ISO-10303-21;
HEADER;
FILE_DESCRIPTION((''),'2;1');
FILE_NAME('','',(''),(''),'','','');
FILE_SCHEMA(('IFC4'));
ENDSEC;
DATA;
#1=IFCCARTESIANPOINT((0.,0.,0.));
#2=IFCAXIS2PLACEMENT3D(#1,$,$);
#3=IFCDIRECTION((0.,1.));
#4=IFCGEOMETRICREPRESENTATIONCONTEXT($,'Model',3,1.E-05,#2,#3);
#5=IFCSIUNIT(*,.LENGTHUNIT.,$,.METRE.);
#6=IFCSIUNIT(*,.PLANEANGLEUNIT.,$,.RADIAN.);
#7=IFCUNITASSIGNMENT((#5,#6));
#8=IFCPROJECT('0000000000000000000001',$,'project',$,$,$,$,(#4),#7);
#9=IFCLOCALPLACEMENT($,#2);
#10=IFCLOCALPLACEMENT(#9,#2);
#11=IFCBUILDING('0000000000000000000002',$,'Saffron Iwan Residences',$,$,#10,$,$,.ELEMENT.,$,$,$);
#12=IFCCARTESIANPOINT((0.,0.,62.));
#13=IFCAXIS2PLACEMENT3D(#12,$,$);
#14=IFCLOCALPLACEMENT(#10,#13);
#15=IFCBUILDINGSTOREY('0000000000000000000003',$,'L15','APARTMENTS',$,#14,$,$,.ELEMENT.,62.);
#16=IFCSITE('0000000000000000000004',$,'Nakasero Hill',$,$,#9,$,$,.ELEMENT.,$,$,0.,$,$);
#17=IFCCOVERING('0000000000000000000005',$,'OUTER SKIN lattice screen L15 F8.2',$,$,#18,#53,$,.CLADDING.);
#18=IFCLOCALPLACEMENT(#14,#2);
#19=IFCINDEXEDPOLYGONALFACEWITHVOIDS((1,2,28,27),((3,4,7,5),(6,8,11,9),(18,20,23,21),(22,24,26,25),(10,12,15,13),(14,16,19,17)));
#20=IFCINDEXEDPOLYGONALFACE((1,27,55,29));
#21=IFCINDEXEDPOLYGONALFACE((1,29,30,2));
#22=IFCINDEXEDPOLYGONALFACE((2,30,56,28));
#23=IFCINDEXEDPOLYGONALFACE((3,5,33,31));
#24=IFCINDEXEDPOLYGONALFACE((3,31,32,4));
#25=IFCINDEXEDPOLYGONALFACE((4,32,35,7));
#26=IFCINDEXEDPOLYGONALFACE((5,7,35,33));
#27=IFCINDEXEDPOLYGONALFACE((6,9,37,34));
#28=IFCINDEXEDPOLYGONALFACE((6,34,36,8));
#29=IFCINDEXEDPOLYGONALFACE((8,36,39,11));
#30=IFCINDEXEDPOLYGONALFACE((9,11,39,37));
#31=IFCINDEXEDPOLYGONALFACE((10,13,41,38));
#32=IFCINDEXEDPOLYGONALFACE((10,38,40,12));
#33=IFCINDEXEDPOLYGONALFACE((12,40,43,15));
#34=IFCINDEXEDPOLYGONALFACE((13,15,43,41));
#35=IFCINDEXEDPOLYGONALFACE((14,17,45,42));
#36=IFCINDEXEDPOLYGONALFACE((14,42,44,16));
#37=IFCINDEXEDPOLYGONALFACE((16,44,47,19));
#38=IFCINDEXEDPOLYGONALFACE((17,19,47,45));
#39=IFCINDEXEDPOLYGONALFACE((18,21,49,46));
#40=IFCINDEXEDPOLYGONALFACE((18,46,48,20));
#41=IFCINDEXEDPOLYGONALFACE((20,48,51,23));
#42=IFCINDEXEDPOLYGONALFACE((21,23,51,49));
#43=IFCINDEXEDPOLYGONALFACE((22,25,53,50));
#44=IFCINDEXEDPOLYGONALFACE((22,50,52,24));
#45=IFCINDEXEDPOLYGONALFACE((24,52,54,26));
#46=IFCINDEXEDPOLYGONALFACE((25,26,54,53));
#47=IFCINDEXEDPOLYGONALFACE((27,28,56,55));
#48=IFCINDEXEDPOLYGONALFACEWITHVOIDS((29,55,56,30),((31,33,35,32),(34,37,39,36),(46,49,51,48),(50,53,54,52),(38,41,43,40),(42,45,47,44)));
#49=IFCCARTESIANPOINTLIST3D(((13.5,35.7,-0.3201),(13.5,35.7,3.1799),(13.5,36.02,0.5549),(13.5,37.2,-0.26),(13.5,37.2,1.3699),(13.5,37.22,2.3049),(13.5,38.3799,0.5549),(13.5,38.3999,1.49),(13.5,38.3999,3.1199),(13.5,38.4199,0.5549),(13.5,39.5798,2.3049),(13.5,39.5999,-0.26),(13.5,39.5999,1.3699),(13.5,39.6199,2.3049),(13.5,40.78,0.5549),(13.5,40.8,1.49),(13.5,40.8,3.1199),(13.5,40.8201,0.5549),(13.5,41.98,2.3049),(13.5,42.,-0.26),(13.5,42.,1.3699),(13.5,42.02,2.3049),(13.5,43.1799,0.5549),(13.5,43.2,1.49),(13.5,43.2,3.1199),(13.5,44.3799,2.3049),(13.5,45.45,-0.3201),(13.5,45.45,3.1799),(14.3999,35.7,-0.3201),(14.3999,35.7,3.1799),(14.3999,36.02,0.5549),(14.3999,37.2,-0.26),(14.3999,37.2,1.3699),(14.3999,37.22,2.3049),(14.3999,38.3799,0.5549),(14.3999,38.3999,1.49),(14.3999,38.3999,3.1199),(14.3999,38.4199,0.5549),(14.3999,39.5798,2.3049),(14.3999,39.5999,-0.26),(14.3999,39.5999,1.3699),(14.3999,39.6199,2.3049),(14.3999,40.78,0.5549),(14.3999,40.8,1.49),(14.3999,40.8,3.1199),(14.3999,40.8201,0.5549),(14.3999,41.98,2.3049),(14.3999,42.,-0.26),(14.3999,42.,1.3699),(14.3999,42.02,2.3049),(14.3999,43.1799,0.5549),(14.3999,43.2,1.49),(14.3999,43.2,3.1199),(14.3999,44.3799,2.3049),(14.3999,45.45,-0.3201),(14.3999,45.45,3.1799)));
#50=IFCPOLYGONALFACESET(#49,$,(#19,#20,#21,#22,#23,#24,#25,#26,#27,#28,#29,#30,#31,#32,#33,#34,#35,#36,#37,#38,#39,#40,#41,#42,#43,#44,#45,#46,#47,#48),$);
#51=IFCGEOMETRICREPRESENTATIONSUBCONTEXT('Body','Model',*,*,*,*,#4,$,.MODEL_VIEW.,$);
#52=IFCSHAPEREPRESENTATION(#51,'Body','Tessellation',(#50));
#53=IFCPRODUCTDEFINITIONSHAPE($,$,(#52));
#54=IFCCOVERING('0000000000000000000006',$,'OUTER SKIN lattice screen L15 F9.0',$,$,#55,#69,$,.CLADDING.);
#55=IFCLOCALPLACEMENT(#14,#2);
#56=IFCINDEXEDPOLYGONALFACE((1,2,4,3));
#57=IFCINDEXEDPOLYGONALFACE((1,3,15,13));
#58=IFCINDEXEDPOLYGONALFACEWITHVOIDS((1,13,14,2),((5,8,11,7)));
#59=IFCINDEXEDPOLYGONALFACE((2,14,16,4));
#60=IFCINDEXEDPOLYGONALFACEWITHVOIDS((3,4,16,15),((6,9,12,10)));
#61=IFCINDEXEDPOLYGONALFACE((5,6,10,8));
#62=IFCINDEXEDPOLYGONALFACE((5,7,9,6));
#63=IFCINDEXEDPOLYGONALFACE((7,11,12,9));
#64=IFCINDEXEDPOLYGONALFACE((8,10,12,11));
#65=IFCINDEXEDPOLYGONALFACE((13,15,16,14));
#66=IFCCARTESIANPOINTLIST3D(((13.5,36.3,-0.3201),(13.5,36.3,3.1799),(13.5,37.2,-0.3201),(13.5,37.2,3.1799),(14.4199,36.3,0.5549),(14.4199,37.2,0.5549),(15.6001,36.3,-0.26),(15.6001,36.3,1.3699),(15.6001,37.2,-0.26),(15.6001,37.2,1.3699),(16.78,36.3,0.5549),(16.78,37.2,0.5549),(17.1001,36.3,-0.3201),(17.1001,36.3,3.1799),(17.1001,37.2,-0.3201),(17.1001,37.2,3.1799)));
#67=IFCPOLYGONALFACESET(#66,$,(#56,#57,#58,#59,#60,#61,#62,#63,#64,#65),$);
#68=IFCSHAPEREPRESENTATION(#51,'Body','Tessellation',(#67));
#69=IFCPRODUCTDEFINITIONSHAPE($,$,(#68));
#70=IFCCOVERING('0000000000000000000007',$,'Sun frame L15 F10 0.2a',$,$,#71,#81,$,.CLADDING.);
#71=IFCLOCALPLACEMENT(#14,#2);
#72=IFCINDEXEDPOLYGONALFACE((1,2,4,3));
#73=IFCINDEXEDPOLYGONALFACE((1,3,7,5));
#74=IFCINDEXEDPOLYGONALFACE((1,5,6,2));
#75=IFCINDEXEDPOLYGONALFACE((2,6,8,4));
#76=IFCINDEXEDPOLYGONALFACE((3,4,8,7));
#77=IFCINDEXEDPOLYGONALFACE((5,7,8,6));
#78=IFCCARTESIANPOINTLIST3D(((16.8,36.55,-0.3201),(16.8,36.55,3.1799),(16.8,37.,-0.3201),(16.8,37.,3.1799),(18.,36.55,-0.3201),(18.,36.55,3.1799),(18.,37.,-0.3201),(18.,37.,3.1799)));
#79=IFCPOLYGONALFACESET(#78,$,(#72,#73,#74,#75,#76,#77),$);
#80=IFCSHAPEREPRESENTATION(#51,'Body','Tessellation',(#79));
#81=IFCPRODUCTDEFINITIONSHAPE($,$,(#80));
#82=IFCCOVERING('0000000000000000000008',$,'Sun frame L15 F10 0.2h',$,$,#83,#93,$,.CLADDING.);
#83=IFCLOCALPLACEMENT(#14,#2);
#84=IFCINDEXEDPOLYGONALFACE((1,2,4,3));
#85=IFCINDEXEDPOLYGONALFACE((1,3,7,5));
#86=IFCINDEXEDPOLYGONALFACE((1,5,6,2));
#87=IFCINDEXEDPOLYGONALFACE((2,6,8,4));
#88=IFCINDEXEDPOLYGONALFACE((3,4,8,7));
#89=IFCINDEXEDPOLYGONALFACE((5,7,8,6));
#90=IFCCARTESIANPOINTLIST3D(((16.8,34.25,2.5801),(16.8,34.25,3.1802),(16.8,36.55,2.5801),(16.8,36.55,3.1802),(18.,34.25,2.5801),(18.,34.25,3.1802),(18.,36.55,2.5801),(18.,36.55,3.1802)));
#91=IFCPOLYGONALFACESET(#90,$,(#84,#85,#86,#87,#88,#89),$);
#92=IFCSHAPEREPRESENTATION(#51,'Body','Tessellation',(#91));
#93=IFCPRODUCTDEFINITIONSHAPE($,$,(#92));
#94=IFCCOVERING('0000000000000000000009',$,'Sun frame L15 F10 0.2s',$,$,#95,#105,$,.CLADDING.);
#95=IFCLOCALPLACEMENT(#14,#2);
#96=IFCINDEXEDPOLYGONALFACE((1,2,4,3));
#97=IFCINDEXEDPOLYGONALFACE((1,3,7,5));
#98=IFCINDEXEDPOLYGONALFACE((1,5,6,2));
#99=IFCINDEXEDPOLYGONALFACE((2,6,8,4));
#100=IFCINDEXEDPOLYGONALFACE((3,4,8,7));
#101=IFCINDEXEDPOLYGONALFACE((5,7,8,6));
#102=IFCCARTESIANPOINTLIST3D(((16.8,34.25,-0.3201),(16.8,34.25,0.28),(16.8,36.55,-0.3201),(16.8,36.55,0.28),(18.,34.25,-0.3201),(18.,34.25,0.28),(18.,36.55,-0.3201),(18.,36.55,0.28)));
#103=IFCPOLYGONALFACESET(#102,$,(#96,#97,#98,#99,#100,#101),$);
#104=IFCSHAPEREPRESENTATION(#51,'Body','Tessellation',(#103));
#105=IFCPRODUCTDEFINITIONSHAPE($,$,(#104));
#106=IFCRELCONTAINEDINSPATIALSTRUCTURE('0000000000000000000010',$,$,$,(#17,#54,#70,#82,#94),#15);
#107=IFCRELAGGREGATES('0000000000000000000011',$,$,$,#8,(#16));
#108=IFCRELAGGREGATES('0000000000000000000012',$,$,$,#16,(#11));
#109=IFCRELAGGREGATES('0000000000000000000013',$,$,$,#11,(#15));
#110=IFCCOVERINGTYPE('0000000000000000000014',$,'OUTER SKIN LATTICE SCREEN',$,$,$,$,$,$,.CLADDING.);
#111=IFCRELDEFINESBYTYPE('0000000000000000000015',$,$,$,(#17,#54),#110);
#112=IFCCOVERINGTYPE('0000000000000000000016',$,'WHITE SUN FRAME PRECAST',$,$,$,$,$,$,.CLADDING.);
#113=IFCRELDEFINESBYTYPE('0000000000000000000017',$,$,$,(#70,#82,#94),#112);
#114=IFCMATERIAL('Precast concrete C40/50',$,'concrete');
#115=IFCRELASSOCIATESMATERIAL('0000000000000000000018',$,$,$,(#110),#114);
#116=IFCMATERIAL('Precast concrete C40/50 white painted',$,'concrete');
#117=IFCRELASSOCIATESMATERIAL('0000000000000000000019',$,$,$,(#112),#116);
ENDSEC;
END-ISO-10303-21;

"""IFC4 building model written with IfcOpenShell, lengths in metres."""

from ifc_helpers import new_model, si_unit, direction, frame, origin, place, context, subcontext, project, spatial, polyline, outline, extrude, material, type_object, element, save


model = new_model("IFC4")

# Units and contexts
model_context = context("Model", 3, precision=1e-05, world=origin(), true_north=direction((0.0, 1.0)))
body_context = subcontext(model_context, "Body", "Model", "MODEL_VIEW")
ifc_project = project(units=[si_unit("LENGTHUNIT", "METRE"), si_unit("PLANEANGLEUNIT", "RADIAN")], contexts=[model_context])

# Site, building, storey
site_placement = place(None, origin())
site = spatial("IfcSite", under=ifc_project, at=site_placement, Name="Nakasero Hill", CompositionType="ELEMENT", RefElevation=0.0)
building_placement = place(site_placement, origin())
building = spatial("IfcBuilding", under=site, at=building_placement, Name="Saffron Iwan Residences", CompositionType="ELEMENT")
storey_placement = place(building_placement, frame((0.0, 0.0, 62.0)))
storey = spatial("IfcBuildingStorey", under=building, at=storey_placement, Name="L15", Description="APARTMENTS", CompositionType="ELEMENT", Elevation=62.0)

# Coverings
ifc_material_1 = material(Name="Precast concrete C40/50", Category="concrete")
covering_type_1 = type_object("IfcCoveringType", Name="OUTER SKIN LATTICE SCREEN", PredefinedType="CLADDING", material=ifc_material_1)
covering_1_placement = place(storey_placement, frame((14.3999, 45.45, -0.3201), z_axis=(-1.0, 0.0, 0.0), x_axis=(0.0, -1.0, 0.0)))
element("IfcCovering", 1, at=covering_1_placement, inside=storey, type_object=covering_type_1, Name="OUTER SKIN lattice screen L15 F8.2", PredefinedType="CLADDING", context=body_context, shape_type="SweptSolid", body=[
    extrude(outline(polyline([(0.0, 0.0), (9.75, 0.0), (9.75, 3.5), (0.0, 3.5), (0.0, 0.0)]), holes=[polyline([(2.27, 0.875), (3.45, 0.0601), (4.6299, 0.875), (3.45, 1.6899), (2.27, 0.875)]), polyline([(4.6699, 0.875), (5.8501, 0.0601), (7.03, 0.875), (5.8501, 1.6899), (4.6699, 0.875)]), polyline([(7.0701, 0.875), (8.25, 0.0601), (9.4299, 0.875), (8.25, 1.6899), (7.0701, 0.875)]), polyline([(1.0701, 2.625), (2.25, 1.8101), (3.4299, 2.625), (2.25, 3.4399), (1.0701, 2.625)]), polyline([(3.47, 2.625), (4.6499, 1.8101), (5.8301, 2.625), (4.6499, 3.4399), (3.47, 2.625)]), polyline([(5.8701, 2.625), (7.05, 1.8101), (8.23, 2.625), (7.05, 3.4399), (5.8701, 2.625)])]), origin(), (0.0, 0.0, 1.0), 0.8999),
])
covering_2_placement = place(storey_placement, frame((13.5, 37.2, -0.3201), z_axis=(0.0, -1.0, 0.0), x_axis=(1.0, 0.0, 0.0)))
element("IfcCovering", 2, at=covering_2_placement, inside=storey, type_object=covering_type_1, Name="OUTER SKIN lattice screen L15 F9.0", PredefinedType="CLADDING", context=body_context, shape_type="SweptSolid", body=[
    extrude(outline(polyline([(0.0, 0.0), (3.6001, 0.0), (3.6001, 3.5), (0.0, 3.5), (0.0, 0.0)]), holes=[polyline([(0.9199, 0.875), (2.1001, 0.0601), (3.28, 0.875), (2.1001, 1.6899), (0.9199, 0.875)])]), origin(), (0.0, 0.0, 1.0), 0.8999),
])
ifc_material_2 = material(Name="Precast concrete C40/50 white painted", Category="concrete")
covering_type_2 = type_object("IfcCoveringType", Name="WHITE SUN FRAME PRECAST", PredefinedType="CLADDING", material=ifc_material_2)
covering_3_placement = place(storey_placement, frame((18.0, 37.0, -0.3201), z_axis=(-1.0, 0.0, 0.0), x_axis=(0.0, -1.0, 0.0)))
element("IfcCovering", 3, at=covering_3_placement, inside=storey, type_object=covering_type_2, Name="Sun frame L15 F10 0.2a", PredefinedType="CLADDING", context=body_context, shape_type="SweptSolid", body=[
    extrude(outline(polyline([(0.0, 0.0), (0.45, 0.0), (0.45, 3.5), (0.0, 3.5), (0.0, 0.0)])), origin(), (0.0, 0.0, 1.0), 1.2),
])
for number, where, z_axis, x_axis, name in (
    (4, (18.0, 36.55, 2.5801), (-1.0, 0.0, 0.0), (0.0, -1.0, 0.0), "Sun frame L15 F10 0.2h"),
    (5, (18.0, 36.55, -0.3201), (-1.0, 0.0, 0.0), (0.0, -1.0, 0.0), "Sun frame L15 F10 0.2s"),
):
    element("IfcCovering", number, at=place(storey_placement, frame(where, z_axis=z_axis, x_axis=x_axis)), inside=storey, type_object=covering_type_2, Name=name, PredefinedType="CLADDING", context=body_context, shape_type="SweptSolid", body=[
        extrude(outline(polyline([(0.0, 0.0), (2.3, 0.0), (2.3, 0.6001), (0.0, 0.6001), (0.0, 0.0)])), origin(), (0.0, 0.0, 1.0), 1.2),
    ])

save(model, "model.ifc")
